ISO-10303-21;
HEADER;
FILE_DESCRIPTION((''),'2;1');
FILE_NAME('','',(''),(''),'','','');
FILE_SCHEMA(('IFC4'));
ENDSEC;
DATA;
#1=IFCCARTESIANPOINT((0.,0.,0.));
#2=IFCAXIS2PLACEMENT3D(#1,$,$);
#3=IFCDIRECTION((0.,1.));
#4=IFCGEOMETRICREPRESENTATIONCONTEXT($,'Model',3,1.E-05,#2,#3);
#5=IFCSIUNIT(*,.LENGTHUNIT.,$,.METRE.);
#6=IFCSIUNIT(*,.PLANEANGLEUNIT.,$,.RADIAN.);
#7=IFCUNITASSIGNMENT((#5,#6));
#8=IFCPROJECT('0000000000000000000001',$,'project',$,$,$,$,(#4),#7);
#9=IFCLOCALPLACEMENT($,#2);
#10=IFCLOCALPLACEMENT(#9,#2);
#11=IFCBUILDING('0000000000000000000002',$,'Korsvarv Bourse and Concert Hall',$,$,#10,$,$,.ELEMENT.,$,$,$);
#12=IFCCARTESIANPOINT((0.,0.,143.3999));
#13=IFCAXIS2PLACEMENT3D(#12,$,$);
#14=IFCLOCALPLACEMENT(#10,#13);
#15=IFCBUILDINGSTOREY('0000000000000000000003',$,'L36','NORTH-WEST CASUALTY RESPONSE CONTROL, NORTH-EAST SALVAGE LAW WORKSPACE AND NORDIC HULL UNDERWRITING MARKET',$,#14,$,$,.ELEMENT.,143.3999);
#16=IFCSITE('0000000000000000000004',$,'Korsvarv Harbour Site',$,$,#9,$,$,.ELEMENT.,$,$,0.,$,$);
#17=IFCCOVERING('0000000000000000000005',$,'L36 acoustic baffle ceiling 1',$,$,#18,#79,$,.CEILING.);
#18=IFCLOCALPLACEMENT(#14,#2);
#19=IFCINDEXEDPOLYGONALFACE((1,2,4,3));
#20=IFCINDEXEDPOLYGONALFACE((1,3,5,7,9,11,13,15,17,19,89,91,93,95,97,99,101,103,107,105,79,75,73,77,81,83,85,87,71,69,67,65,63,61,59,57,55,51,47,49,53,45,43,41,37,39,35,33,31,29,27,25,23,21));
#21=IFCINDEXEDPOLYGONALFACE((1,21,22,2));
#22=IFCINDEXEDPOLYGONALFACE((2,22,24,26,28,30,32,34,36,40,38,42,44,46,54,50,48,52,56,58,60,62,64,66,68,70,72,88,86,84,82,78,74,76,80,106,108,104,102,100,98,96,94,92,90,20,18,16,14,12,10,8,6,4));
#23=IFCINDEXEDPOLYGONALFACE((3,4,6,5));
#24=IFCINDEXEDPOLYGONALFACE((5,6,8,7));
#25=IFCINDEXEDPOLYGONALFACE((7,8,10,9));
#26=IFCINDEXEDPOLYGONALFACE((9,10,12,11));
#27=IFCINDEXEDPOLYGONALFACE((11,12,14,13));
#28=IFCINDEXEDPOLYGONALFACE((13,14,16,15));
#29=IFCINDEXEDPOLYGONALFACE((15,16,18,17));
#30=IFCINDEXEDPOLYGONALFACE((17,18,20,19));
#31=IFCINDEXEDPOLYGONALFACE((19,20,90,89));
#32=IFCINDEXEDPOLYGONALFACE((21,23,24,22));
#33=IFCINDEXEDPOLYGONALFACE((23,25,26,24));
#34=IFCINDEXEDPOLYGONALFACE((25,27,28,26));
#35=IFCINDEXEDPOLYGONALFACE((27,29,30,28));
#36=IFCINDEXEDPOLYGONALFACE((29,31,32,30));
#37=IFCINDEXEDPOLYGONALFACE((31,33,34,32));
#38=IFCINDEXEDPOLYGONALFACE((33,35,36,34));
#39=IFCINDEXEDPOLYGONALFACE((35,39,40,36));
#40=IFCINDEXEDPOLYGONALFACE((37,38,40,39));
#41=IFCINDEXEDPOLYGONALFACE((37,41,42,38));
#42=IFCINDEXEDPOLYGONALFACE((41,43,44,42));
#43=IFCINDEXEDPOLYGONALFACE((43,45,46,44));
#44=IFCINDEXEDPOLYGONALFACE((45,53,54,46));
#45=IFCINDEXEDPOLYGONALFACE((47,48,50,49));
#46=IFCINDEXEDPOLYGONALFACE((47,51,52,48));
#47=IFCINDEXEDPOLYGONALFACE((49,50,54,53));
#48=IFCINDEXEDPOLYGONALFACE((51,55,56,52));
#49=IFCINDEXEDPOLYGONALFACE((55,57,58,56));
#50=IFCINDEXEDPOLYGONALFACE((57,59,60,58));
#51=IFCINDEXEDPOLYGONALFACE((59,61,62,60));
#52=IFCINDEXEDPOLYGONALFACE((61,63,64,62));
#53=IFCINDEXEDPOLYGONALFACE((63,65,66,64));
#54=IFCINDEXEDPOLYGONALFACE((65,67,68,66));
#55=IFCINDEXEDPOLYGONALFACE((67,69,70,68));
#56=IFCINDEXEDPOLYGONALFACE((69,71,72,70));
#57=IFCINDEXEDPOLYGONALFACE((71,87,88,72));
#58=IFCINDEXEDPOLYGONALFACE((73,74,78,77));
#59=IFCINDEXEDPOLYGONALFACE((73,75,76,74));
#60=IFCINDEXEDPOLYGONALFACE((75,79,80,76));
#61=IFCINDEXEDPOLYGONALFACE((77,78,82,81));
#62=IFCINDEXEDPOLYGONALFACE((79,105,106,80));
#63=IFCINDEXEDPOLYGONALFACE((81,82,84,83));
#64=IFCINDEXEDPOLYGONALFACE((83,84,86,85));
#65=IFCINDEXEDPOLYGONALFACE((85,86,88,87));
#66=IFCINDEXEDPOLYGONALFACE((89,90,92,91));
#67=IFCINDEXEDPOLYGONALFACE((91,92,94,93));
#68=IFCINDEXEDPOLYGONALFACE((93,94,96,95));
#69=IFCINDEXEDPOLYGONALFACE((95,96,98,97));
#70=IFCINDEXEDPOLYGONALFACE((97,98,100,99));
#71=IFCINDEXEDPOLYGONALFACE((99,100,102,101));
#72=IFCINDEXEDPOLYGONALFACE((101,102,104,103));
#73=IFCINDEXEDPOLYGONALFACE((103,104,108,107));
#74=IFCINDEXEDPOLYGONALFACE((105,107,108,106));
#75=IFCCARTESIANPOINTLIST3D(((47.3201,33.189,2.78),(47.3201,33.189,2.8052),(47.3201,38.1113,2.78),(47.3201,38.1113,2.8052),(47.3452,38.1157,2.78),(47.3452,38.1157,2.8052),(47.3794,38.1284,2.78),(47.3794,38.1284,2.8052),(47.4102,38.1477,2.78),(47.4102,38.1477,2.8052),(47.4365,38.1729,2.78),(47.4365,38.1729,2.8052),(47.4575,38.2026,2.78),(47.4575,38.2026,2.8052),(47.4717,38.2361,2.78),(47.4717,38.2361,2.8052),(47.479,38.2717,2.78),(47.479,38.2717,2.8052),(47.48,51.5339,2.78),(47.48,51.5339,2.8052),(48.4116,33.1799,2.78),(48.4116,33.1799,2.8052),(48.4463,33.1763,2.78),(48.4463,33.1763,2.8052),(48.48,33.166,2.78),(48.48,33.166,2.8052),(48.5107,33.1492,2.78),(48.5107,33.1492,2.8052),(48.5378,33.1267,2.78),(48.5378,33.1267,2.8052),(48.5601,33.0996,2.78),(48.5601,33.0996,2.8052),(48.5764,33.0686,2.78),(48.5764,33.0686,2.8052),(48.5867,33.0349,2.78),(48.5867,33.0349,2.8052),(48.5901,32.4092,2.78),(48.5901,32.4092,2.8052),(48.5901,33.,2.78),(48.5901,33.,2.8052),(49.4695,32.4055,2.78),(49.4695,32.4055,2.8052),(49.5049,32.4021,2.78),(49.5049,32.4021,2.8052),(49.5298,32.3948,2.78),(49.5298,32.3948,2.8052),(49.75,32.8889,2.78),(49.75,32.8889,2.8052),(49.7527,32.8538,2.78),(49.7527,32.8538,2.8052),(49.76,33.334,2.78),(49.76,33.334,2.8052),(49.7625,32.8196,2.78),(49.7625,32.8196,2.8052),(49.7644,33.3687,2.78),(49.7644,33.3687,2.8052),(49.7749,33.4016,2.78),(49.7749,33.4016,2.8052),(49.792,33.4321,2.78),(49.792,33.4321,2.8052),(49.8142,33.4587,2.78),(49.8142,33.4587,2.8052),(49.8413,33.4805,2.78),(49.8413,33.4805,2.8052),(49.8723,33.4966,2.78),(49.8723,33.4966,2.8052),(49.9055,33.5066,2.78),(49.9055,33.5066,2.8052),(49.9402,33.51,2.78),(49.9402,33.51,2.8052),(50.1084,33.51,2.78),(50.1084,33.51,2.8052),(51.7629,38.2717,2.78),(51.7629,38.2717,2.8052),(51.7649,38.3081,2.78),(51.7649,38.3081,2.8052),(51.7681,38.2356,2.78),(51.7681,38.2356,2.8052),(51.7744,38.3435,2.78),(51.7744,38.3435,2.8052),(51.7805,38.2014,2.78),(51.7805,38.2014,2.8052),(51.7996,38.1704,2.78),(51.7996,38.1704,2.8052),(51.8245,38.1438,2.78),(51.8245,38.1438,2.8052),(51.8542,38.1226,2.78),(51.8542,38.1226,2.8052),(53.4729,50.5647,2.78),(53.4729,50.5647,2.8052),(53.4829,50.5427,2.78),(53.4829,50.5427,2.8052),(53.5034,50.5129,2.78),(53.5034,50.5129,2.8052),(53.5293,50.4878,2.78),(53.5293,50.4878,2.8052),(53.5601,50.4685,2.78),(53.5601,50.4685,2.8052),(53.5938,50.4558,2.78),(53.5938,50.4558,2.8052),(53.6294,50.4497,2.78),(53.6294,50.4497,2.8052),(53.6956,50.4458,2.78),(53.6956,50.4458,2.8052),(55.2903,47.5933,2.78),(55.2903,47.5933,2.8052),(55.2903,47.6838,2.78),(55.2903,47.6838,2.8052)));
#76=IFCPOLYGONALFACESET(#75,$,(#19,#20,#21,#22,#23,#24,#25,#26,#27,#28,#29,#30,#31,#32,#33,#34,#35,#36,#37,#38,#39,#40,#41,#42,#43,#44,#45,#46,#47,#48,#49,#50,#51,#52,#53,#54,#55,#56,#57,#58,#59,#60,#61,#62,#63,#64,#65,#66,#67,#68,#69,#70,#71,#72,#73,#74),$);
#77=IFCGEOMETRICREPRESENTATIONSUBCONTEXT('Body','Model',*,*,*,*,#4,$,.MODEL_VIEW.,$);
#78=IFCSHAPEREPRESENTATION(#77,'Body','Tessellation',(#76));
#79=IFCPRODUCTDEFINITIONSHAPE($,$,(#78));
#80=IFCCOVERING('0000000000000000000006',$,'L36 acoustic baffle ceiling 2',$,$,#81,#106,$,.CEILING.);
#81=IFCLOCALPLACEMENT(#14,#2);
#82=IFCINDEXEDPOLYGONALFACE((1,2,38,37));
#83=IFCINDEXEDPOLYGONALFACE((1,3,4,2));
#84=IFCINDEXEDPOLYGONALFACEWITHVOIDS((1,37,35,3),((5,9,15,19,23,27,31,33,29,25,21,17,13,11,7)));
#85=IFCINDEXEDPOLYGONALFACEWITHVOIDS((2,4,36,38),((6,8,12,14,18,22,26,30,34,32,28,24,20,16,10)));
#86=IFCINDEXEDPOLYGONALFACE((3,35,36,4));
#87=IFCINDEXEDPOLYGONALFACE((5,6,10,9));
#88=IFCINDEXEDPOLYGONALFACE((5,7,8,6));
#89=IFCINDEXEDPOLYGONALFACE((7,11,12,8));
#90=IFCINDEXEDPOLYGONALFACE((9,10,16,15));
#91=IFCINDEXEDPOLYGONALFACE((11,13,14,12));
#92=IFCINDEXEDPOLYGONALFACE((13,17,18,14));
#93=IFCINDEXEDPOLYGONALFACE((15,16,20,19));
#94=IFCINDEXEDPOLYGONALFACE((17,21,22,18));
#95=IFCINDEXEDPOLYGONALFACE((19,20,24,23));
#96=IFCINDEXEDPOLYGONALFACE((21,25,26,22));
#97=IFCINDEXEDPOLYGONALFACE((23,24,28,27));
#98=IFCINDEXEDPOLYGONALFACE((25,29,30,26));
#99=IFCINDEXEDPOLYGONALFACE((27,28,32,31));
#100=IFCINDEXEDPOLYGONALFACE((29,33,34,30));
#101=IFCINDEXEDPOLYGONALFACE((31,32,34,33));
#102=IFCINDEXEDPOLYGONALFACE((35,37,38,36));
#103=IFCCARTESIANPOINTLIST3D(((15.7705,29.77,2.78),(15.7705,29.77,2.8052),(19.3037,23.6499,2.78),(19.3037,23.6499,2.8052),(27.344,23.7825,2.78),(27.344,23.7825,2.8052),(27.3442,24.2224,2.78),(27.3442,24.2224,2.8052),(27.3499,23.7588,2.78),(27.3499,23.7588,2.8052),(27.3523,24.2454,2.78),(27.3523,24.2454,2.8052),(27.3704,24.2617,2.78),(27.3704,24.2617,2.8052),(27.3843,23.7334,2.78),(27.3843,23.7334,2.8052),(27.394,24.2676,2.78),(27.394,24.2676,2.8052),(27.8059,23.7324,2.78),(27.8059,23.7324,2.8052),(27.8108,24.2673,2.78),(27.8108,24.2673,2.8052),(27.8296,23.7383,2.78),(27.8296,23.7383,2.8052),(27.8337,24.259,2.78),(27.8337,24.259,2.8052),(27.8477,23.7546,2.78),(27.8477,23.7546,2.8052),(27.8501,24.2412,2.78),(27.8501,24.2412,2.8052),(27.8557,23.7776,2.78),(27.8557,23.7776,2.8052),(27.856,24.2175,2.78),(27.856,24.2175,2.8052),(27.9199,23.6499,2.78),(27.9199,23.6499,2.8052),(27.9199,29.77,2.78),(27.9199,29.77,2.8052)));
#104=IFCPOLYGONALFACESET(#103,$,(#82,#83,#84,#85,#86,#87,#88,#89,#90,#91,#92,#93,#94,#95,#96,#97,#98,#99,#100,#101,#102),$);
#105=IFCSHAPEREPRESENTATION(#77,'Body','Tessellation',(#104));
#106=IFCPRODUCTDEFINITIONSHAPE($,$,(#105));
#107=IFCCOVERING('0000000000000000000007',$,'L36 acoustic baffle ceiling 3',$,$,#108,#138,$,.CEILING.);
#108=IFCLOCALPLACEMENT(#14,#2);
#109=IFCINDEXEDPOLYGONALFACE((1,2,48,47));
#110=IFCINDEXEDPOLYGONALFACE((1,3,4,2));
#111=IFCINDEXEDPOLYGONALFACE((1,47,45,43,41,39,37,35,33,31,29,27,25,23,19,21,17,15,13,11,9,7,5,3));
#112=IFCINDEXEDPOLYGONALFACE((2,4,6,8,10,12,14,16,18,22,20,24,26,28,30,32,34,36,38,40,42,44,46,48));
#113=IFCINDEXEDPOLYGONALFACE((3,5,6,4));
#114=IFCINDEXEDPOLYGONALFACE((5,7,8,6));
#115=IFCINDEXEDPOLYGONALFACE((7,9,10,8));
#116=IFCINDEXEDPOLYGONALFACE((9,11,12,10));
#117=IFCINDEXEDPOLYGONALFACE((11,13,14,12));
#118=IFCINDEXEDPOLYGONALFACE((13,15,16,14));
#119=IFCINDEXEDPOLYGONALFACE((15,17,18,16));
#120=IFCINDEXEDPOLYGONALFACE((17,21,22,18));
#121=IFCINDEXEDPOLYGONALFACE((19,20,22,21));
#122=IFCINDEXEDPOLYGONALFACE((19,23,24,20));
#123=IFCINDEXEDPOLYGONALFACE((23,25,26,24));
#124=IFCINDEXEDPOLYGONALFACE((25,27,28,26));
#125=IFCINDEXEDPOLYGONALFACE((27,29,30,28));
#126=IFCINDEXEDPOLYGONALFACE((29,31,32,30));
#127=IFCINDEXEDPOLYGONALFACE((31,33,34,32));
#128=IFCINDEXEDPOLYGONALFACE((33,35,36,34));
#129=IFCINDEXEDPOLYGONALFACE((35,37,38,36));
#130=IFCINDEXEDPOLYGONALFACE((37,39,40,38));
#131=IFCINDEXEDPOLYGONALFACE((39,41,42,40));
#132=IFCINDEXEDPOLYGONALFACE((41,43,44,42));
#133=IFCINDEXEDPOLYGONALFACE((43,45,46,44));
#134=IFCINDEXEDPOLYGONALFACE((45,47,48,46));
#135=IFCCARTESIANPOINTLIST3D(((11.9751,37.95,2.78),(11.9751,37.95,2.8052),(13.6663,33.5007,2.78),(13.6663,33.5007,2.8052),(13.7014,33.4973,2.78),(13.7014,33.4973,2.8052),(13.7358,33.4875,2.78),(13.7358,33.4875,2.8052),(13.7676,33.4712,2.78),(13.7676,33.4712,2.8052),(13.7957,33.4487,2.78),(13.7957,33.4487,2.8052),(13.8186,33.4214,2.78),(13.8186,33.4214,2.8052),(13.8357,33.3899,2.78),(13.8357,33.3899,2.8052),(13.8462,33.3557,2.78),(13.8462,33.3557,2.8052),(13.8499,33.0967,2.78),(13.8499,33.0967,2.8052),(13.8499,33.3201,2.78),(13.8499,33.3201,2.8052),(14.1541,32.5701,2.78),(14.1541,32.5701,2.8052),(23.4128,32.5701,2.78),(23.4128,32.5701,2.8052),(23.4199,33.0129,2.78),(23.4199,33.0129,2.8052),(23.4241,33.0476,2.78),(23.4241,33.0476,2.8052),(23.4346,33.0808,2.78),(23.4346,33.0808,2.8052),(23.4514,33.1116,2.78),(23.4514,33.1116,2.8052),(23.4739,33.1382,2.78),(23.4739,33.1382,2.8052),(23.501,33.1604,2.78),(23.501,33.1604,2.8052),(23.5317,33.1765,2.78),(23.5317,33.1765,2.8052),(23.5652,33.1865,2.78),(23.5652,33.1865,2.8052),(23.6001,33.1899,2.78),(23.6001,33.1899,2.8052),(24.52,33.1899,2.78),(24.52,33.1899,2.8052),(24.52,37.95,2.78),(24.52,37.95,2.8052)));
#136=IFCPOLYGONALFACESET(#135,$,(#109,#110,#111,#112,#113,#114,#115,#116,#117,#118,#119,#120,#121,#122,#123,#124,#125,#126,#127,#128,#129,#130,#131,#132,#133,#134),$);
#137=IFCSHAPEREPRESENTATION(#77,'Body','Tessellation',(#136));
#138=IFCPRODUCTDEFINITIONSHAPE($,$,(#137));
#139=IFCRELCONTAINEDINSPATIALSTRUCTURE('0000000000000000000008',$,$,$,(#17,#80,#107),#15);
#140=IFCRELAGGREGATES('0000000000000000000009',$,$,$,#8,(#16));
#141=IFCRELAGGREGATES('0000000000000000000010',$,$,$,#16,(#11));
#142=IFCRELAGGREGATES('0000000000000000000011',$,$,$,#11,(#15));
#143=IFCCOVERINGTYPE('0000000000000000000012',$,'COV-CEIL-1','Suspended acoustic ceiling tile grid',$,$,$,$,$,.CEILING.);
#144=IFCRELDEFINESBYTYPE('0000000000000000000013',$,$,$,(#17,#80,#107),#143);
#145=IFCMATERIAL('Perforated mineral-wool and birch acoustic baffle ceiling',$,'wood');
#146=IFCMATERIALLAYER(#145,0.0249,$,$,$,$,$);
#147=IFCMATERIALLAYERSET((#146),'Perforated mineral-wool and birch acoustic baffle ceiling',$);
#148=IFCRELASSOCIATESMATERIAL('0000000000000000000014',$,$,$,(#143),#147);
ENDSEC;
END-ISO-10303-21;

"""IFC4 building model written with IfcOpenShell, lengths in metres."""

from ifc_helpers import new_model, si_unit, direction, frame, origin, place, context, subcontext, project, spatial, polyline, outline, extrude, material, layer, layer_set, type_object, element, save


model = new_model("IFC4")

# Units and contexts
model_context = context("Model", 3, precision=1e-05, world=origin(), true_north=direction((0.0, 1.0)))
body_context = subcontext(model_context, "Body", "Model", "MODEL_VIEW")
ifc_project = project(units=[si_unit("LENGTHUNIT", "METRE"), si_unit("PLANEANGLEUNIT", "RADIAN")], contexts=[model_context])

# Site, building, storey
site_placement = place(None, origin())
site = spatial("IfcSite", under=ifc_project, at=site_placement, Name="Korsvarv Harbour Site", CompositionType="ELEMENT", RefElevation=0.0)
building_placement = place(site_placement, origin())
building = spatial("IfcBuilding", under=site, at=building_placement, Name="Korsvarv Bourse and Concert Hall", CompositionType="ELEMENT")
storey_placement = place(building_placement, frame((0.0, 0.0, 143.3999)))
storey = spatial("IfcBuildingStorey", under=building, at=storey_placement, Name="L36", Description="NORTH-WEST CASUALTY RESPONSE CONTROL, NORTH-EAST SALVAGE LAW WORKSPACE AND NORDIC HULL UNDERWRITING MARKET", CompositionType="ELEMENT", Elevation=143.3999)

# Coverings
ifc_material_1 = material(Name="Perforated mineral-wool and birch acoustic baffle ceiling", Category="wood")
ifc_layer_1 = layer(ifc_material_1, 0.0249)
ifc_layer_set_1 = layer_set([ifc_layer_1], Name="Perforated mineral-wool and birch acoustic baffle ceiling")
covering_type_1 = type_object("IfcCoveringType", Name="COV-CEIL-1", Description="Suspended acoustic ceiling tile grid", PredefinedType="CEILING", material=ifc_layer_set_1)
covering_1_placement = place(storey_placement, frame((0.0, 0.0, 2.78)))
element("IfcCovering", 1, at=covering_1_placement, inside=storey, type_object=covering_type_1, Name="L36 acoustic baffle ceiling 1", PredefinedType="CEILING", context=body_context, shape_type="SweptSolid", body=[
    extrude(outline(polyline([(47.3201, 38.1113), (47.3452, 38.1157), (47.3794, 38.1284), (47.4102, 38.1477), (47.4365, 38.1729), (47.4575, 38.2026), (47.4717, 38.2361), (47.479, 38.2717), (47.48, 51.5339), (53.4729, 50.5647), (53.4829, 50.5427), (53.5034, 50.5129), (53.5293, 50.4878), (53.5601, 50.4685), (53.5938, 50.4558), (53.6294, 50.4497), (53.6956, 50.4458), (55.2903, 47.6838), (55.2903, 47.5933), (51.7744, 38.3435), (51.7649, 38.3081), (51.7629, 38.2717), (51.7681, 38.2356), (51.7805, 38.2014), (51.7996, 38.1704), (51.8245, 38.1438), (51.8542, 38.1226), (50.1084, 33.51), (49.9402, 33.51), (49.9055, 33.5066), (49.8723, 33.4966), (49.8413, 33.4805), (49.8142, 33.4587), (49.792, 33.4321), (49.7749, 33.4016), (49.7644, 33.3687), (49.76, 33.334), (49.75, 32.8889), (49.7527, 32.8538), (49.7625, 32.8196), (49.5298, 32.3948), (49.5049, 32.4021), (49.4695, 32.4055), (48.5901, 32.4092), (48.5901, 33.0), (48.5867, 33.0349), (48.5764, 33.0686), (48.5601, 33.0996), (48.5378, 33.1267), (48.5107, 33.1492), (48.48, 33.166), (48.4463, 33.1763), (48.4116, 33.1799), (47.3201, 33.189), (47.3201, 38.1113)])), origin(), (0.0, 0.0, 1.0), 0.0251),
])
covering_2_placement = place(storey_placement, frame((0.0, 0.0, 2.78)))
element("IfcCovering", 2, at=covering_2_placement, inside=storey, type_object=covering_type_1, Name="L36 acoustic baffle ceiling 2", PredefinedType="CEILING", context=body_context, shape_type="SweptSolid", body=[
    extrude(outline(polyline([(19.3037, 23.6499), (15.7705, 29.77), (27.9199, 29.77), (27.9199, 23.6499), (19.3037, 23.6499)]), holes=[polyline([(27.3843, 23.7334), (27.8059, 23.7324), (27.8296, 23.7383), (27.8477, 23.7546), (27.8557, 23.7776), (27.856, 24.2175), (27.8501, 24.2412), (27.8337, 24.259), (27.8108, 24.2673), (27.394, 24.2676), (27.3704, 24.2617), (27.3523, 24.2454), (27.3442, 24.2224), (27.344, 23.7825), (27.3499, 23.7588), (27.3843, 23.7334)])]), origin(), (0.0, 0.0, 1.0), 0.0251),
])
covering_3_placement = place(storey_placement, frame((0.0, 0.0, 2.78)))
element("IfcCovering", 3, at=covering_3_placement, inside=storey, type_object=covering_type_1, Name="L36 acoustic baffle ceiling 3", PredefinedType="CEILING", context=body_context, shape_type="SweptSolid", body=[
    extrude(outline(polyline([(13.8499, 33.0967), (13.8499, 33.3201), (13.8462, 33.3557), (13.8357, 33.3899), (13.8186, 33.4214), (13.7957, 33.4487), (13.7676, 33.4712), (13.7358, 33.4875), (13.7014, 33.4973), (13.6663, 33.5007), (11.9751, 37.95), (24.52, 37.95), (24.52, 33.1899), (23.6001, 33.1899), (23.5652, 33.1865), (23.5317, 33.1765), (23.501, 33.1604), (23.4739, 33.1382), (23.4514, 33.1116), (23.4346, 33.0808), (23.4241, 33.0476), (23.4199, 33.0129), (23.4128, 32.5701), (14.1541, 32.5701), (13.8499, 33.0967)])), origin(), (0.0, 0.0, 1.0), 0.0251),
])

save(model, "model.ifc")
